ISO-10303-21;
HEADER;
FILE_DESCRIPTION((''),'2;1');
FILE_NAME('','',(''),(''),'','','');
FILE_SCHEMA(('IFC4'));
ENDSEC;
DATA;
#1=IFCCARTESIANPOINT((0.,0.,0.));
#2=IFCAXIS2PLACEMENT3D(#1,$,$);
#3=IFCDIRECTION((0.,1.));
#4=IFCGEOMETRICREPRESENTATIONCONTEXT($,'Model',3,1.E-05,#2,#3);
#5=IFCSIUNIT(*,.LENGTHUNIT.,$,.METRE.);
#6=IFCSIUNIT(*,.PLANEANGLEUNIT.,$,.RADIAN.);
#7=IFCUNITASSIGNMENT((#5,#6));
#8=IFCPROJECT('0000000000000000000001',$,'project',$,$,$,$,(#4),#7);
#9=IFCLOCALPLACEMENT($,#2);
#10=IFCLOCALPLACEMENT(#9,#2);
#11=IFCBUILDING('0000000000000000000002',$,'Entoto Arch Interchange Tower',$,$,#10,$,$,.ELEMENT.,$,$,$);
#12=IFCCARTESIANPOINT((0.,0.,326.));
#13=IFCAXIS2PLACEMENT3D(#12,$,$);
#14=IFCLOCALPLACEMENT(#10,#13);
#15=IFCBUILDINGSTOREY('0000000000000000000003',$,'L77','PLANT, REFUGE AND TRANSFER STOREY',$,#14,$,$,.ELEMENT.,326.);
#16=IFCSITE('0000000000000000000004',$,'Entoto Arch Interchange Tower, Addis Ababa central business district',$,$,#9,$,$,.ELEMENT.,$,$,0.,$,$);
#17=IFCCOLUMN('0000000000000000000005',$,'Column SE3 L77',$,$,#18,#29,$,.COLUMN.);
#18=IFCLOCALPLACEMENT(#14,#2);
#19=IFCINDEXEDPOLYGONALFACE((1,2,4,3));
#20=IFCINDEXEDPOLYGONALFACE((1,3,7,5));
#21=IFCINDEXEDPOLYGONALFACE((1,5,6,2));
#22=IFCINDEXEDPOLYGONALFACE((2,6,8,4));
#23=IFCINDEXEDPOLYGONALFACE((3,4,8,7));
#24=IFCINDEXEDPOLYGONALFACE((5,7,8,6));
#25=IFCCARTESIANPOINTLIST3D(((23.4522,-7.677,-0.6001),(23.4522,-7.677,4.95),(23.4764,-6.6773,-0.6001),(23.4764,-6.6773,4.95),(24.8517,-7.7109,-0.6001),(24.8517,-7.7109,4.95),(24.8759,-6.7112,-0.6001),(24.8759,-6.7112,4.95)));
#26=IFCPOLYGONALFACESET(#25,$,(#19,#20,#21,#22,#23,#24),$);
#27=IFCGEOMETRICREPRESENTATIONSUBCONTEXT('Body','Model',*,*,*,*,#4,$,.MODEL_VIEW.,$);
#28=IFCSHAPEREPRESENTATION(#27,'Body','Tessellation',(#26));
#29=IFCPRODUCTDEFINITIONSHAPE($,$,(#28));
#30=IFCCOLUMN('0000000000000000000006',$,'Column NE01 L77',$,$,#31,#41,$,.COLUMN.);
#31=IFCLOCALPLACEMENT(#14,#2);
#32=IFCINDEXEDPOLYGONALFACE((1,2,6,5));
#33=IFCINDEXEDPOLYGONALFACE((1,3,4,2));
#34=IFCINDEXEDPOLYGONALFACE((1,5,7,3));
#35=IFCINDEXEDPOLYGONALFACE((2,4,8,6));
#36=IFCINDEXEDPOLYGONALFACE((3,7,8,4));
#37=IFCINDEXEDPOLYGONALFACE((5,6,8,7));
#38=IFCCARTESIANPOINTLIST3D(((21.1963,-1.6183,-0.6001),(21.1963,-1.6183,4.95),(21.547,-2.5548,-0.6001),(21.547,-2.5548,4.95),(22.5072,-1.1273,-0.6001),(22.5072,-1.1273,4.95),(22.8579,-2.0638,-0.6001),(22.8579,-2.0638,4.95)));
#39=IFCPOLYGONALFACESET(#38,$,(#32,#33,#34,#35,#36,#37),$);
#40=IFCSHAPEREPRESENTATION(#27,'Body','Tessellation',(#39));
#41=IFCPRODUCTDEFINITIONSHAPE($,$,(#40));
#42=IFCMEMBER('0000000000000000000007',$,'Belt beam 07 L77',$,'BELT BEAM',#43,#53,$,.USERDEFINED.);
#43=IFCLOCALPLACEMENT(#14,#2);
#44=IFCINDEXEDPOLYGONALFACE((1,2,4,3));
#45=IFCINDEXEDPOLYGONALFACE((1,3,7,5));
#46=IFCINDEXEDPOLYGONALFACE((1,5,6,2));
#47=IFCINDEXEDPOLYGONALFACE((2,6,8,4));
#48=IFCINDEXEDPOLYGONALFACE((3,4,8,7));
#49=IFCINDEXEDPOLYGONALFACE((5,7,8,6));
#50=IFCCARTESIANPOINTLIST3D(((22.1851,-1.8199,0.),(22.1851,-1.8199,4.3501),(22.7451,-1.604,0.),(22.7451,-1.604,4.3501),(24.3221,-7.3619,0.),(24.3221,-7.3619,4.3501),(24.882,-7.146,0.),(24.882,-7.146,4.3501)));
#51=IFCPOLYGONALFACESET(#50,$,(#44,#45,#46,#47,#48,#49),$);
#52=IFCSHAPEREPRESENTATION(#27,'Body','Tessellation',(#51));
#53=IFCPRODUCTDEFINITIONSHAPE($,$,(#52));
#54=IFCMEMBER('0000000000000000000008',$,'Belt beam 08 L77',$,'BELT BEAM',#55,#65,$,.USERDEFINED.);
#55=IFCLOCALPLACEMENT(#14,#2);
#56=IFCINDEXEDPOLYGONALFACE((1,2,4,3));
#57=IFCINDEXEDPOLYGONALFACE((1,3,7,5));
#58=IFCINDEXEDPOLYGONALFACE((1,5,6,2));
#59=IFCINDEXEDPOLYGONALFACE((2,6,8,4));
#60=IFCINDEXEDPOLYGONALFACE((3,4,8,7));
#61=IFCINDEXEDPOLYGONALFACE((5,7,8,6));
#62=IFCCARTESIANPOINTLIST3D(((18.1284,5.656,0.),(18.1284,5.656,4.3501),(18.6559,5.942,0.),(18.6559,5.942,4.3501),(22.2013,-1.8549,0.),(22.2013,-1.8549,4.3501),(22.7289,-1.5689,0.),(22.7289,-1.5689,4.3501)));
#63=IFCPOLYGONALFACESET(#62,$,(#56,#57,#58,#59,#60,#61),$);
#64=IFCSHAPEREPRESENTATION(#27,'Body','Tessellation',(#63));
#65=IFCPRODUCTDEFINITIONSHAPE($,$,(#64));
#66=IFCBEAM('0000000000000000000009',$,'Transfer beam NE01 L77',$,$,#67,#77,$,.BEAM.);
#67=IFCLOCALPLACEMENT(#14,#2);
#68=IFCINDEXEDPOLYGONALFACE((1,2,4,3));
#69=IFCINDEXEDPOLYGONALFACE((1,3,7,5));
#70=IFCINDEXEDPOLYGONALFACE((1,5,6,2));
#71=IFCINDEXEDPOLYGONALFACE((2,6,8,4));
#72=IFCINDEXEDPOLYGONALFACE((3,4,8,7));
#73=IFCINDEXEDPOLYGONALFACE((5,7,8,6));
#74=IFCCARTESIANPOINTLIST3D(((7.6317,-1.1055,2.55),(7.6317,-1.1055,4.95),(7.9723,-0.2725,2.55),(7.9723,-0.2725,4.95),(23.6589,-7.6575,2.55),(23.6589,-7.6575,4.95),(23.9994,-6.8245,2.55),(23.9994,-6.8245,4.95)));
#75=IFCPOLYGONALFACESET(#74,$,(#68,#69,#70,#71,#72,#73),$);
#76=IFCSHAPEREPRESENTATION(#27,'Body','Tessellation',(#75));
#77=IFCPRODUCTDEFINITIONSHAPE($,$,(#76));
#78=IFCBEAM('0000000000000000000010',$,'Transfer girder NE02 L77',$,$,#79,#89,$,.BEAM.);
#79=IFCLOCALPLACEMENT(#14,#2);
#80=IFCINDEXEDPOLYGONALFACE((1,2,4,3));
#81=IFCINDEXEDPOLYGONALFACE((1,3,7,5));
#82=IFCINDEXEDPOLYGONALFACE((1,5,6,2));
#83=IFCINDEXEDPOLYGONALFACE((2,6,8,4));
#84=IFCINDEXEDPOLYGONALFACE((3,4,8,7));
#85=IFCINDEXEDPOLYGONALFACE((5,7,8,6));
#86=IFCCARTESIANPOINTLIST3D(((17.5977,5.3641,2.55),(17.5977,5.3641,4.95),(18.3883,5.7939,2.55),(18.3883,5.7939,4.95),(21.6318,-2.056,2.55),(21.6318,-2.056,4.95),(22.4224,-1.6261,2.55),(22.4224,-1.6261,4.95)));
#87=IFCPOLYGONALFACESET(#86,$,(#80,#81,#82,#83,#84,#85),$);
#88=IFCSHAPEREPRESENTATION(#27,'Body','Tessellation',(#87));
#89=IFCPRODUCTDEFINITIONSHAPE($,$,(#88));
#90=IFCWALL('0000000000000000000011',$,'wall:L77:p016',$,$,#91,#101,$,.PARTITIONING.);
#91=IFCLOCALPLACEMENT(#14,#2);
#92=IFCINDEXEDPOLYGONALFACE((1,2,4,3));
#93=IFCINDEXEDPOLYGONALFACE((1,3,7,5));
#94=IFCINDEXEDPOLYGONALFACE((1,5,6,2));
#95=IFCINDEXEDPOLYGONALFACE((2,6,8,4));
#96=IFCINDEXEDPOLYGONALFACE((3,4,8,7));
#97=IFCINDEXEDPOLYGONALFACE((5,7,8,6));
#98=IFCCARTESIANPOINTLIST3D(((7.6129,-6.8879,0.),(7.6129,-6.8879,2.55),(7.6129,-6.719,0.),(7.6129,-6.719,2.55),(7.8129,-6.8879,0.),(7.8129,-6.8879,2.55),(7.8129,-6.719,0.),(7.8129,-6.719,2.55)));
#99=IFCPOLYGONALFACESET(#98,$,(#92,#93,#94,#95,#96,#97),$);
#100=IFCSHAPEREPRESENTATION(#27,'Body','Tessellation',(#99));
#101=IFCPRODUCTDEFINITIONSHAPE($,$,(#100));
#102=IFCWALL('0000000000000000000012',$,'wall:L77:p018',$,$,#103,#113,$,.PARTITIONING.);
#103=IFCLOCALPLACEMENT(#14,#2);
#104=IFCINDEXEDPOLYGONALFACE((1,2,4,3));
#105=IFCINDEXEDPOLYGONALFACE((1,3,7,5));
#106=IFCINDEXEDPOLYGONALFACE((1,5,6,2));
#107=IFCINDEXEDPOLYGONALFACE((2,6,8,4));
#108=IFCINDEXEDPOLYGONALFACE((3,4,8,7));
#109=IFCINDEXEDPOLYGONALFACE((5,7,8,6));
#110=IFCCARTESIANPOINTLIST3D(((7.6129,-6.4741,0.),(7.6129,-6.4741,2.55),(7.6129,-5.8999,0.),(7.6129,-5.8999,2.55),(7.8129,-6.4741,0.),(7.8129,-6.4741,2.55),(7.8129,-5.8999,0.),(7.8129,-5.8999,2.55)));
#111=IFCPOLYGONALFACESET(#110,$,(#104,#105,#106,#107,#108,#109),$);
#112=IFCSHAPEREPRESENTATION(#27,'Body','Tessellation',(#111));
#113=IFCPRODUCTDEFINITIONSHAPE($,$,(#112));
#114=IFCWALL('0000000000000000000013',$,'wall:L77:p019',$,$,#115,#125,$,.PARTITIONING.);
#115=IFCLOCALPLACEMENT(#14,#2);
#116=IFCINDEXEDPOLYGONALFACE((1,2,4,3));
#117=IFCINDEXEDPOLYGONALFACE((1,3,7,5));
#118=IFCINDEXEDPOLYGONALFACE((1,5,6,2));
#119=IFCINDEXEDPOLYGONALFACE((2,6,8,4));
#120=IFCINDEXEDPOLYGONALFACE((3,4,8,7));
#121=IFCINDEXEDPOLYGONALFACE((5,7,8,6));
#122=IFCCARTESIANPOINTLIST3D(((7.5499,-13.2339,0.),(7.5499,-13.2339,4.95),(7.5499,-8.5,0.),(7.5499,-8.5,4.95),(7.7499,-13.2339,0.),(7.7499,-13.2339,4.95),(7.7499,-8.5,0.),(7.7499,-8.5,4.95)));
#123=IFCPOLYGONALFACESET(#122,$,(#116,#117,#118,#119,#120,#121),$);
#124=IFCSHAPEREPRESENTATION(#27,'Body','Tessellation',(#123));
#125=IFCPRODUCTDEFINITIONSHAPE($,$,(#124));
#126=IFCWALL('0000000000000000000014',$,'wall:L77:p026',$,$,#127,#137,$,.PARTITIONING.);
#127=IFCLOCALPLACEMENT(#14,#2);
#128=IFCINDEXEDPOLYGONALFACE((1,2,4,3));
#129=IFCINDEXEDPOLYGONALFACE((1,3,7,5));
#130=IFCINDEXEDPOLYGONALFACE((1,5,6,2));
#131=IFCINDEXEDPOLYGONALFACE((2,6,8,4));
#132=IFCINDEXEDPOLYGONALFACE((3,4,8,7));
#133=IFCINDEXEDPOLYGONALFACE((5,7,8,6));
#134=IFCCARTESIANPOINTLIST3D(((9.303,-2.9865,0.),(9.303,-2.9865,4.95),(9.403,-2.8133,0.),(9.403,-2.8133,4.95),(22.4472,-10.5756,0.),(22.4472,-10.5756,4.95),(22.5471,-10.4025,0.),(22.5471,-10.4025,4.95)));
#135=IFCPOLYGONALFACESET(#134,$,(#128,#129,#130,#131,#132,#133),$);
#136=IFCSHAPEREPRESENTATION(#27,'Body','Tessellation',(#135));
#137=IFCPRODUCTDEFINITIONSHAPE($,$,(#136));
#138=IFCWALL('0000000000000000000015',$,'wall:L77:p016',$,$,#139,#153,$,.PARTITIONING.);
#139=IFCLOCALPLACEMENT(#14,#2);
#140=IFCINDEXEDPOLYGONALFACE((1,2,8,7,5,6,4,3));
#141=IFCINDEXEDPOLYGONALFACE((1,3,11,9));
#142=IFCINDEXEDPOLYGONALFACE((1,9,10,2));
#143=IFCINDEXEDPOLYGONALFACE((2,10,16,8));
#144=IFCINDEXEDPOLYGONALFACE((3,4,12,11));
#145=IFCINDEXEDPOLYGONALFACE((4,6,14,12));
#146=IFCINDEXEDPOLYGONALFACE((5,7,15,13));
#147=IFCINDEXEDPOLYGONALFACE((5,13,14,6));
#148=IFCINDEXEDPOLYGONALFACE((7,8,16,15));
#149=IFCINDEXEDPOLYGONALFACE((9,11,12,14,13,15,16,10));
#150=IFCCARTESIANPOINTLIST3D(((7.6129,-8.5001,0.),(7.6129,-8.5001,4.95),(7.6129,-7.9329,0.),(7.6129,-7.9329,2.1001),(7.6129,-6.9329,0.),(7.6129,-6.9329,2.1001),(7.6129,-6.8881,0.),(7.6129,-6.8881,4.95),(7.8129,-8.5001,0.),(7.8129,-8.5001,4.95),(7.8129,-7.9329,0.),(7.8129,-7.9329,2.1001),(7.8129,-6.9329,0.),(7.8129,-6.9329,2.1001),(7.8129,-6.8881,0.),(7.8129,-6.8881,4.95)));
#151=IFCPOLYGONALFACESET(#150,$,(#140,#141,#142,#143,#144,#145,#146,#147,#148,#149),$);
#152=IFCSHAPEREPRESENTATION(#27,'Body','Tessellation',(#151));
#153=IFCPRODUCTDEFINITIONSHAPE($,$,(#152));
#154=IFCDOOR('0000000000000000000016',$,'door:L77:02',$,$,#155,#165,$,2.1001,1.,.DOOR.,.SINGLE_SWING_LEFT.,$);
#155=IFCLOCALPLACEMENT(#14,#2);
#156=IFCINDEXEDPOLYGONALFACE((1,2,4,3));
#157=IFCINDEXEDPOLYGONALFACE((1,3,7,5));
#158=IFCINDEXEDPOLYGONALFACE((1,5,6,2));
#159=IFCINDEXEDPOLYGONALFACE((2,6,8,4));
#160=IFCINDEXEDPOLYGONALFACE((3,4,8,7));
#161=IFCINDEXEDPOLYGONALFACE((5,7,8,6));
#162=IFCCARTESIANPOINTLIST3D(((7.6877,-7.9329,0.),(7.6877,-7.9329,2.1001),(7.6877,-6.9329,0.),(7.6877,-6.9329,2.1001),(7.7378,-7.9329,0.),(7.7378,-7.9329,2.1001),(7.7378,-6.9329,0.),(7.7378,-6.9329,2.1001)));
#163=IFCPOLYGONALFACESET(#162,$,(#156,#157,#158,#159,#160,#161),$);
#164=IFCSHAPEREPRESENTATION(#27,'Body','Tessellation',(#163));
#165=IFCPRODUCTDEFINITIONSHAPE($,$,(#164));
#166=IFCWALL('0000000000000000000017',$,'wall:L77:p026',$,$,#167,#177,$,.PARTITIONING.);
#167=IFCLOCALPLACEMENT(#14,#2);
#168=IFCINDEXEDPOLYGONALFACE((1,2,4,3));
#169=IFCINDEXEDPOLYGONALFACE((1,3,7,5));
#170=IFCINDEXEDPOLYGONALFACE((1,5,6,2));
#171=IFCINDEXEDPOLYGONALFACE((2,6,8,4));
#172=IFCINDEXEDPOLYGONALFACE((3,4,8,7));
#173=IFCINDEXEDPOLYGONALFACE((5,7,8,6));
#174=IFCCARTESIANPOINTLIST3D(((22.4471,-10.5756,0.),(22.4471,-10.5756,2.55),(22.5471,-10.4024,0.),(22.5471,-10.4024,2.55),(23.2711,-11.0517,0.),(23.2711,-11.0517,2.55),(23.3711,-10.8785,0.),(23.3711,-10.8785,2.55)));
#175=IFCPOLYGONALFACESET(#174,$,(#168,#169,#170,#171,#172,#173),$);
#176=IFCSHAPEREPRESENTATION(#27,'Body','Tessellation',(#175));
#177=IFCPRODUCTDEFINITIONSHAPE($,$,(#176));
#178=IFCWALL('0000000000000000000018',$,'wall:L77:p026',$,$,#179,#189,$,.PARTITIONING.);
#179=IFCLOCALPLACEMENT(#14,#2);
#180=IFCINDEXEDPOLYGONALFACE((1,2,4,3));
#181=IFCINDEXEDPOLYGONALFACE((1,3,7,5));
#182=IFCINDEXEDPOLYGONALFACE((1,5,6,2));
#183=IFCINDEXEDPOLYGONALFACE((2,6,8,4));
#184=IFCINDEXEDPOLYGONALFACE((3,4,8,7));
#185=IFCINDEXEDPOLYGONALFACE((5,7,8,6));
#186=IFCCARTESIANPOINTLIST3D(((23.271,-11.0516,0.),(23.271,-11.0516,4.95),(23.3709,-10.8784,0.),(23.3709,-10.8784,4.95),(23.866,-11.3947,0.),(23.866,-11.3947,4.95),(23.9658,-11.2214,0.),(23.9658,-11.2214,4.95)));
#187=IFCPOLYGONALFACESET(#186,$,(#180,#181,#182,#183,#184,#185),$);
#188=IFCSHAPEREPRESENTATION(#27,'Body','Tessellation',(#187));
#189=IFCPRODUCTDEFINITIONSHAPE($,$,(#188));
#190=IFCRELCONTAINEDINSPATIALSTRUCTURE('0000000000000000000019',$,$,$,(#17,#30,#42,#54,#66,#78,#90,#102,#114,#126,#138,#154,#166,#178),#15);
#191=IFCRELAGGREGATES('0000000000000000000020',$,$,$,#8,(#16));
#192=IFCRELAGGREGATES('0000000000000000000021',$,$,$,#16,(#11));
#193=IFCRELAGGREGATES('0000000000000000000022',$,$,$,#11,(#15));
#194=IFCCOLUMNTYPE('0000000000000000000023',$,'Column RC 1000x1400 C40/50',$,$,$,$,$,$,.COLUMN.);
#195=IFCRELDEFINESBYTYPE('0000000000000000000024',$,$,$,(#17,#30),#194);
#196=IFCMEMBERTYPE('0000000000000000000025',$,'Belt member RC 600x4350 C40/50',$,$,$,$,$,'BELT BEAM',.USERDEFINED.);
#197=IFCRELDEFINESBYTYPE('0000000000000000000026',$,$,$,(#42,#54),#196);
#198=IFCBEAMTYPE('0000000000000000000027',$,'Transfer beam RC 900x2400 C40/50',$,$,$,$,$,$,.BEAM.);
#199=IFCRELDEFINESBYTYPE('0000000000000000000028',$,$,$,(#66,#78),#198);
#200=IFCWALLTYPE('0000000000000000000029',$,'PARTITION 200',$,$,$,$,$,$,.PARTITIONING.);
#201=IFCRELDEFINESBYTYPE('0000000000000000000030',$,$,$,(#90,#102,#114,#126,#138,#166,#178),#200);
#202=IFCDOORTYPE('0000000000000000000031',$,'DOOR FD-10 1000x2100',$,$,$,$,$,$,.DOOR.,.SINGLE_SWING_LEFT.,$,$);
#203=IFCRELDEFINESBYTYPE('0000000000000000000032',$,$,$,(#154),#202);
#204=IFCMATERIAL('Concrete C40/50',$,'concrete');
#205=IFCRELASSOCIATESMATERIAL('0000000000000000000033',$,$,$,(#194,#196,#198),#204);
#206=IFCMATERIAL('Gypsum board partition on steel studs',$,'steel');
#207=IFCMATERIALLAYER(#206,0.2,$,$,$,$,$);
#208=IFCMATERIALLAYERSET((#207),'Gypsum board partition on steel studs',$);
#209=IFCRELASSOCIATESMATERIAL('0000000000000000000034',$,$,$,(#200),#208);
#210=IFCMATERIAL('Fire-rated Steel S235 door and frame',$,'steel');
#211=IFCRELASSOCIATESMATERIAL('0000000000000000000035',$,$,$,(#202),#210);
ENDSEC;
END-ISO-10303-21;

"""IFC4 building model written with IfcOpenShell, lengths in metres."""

from ifc_helpers import new_model, si_unit, direction, frame, frame_2d, origin, origin_2d, place, context, subcontext, project, spatial, rectangle, extrude, material, layer, layer_set, material_profile, profile_set, type_object, element, fill, save


model = new_model("IFC4")

# Units and contexts
model_context = context("Model", 3, precision=1e-05, world=origin(), true_north=direction((0.0, 1.0)))
body_context = subcontext(model_context, "Body", "Model", "MODEL_VIEW")
ifc_project = project(units=[si_unit("LENGTHUNIT", "METRE"), si_unit("PLANEANGLEUNIT", "RADIAN")], contexts=[model_context])

# Site, building, storey
site_placement = place(None, origin())
site = spatial("IfcSite", under=ifc_project, at=site_placement, Name="Entoto Arch Interchange Tower, Addis Ababa central business district", CompositionType="ELEMENT", RefElevation=0.0)
building_placement = place(site_placement, origin())
building = spatial("IfcBuilding", under=site, at=building_placement, Name="Entoto Arch Interchange Tower", CompositionType="ELEMENT")
storey_placement = place(building_placement, frame((0.0, 0.0, 326.0)))
storey = spatial("IfcBuildingStorey", under=building, at=storey_placement, Name="L77", Description="PLANT, REFUGE AND TRANSFER STOREY", CompositionType="ELEMENT", Elevation=326.0)

# Columns
ifc_material_1 = material(Name="Concrete C40/50", Category="concrete")
ifc_material_profile_1 = material_profile(ifc_material_1, rectangle(XDim=1.0, YDim=1.3999, at=origin_2d()))
ifc_profile_set_1 = profile_set([ifc_material_profile_1], Name="Concrete C40/50")
column_type = type_object("IfcColumnType", Name="Column RC 1000x1400 C40/50", PredefinedType="COLUMN", material=ifc_profile_set_1)
for number, where, z_axis, x_axis, name in (
    (1, (24.1641, -7.1941, -0.6001), (0.0, 0.0, 1.0), (0.024258, 0.999706, 0.0), "Column SE3 L77"),
    (2, (22.0271, -1.8411, -0.6001), (0.0, 0.0, 1.0), (-0.350714, 0.936483, 0.0), "Column NE01 L77"),
):
    element("IfcColumn", number, at=place(storey_placement, frame(where, z_axis=z_axis, x_axis=x_axis)), inside=storey, type_object=column_type, Name=name, PredefinedType="COLUMN", context=body_context, shape_type="SweptSolid", body=[
        extrude(rectangle(XDim=1.0, YDim=1.3999, at=origin_2d()), origin(), (0.0, 0.0, 1.0), 5.55),
    ])

# Members
ifc_material_profile_2 = material_profile(ifc_material_1, rectangle(XDim=0.6001, YDim=4.3501, at=origin_2d()))
ifc_profile_set_2 = profile_set([ifc_material_profile_2], Name="Concrete C40/50")
member_type = type_object("IfcMemberType", Name="Belt member RC 600x4350 C40/50", ElementType="BELT BEAM", PredefinedType="USERDEFINED", material=ifc_profile_set_2)
member_1_placement = place(storey_placement, frame((24.6021, -7.2539, 2.175), z_axis=(-0.359775, 0.933039, 0.0), x_axis=(-0.933039, -0.359775, 0.0)))
element("IfcMember", 3, at=member_1_placement, inside=storey, type_object=member_type, Name="Belt beam 07 L77", ObjectType="BELT BEAM", PredefinedType="USERDEFINED", context=body_context, shape_type="SweptSolid", body=[
    extrude(rectangle(XDim=0.6001, YDim=4.3501, at=origin_2d()), origin(), (0.0, 0.0, 1.0), 5.9397),
])
member_2_placement = place(storey_placement, frame((22.4651, -1.7119, 2.175), z_axis=(-0.476695, 0.879069, 0.0), x_axis=(-0.879069, -0.476695, 0.0)))
element("IfcMember", 4, at=member_2_placement, inside=storey, type_object=member_type, Name="Belt beam 08 L77", ObjectType="BELT BEAM", PredefinedType="USERDEFINED", context=body_context, shape_type="SweptSolid", body=[
    extrude(rectangle(XDim=0.6001, YDim=4.3501, at=origin_2d()), origin(), (0.0, 0.0, 1.0), 8.5442),
])

# Beams
ifc_material_profile_3 = material_profile(ifc_material_1, rectangle(XDim=0.8999, YDim=2.3999, at=origin_2d()))
ifc_profile_set_3 = profile_set([ifc_material_profile_3], Name="Concrete C40/50")
beam_type = type_object("IfcBeamType", Name="Transfer beam RC 900x2400 C40/50", PredefinedType="BEAM", material=ifc_profile_set_3)
beam_1_placement = place(storey_placement, frame((7.802, -0.689, 3.75), z_axis=(0.925639, -0.378408, 0.0), x_axis=(0.378408, 0.925639, 0.0)))
element("IfcBeam", 5, at=beam_1_placement, inside=storey, type_object=beam_type, Name="Transfer beam NE01 L77", PredefinedType="BEAM", context=body_context, shape_type="SweptSolid", body=[
    extrude(rectangle(XDim=0.8999, YDim=2.3999, at=origin_2d()), origin(), (0.0, 0.0, 1.0), 17.3147),
])
beam_2_placement = place(storey_placement, frame((22.0271, -1.8411, 3.75), z_axis=(-0.477649, 0.878551, 0.0), x_axis=(-0.878551, -0.477649, 0.0)))
element("IfcBeam", 6, at=beam_2_placement, inside=storey, type_object=beam_type, Name="Transfer girder NE02 L77", PredefinedType="BEAM", context=body_context, shape_type="SweptSolid", body=[
    extrude(rectangle(XDim=0.8999, YDim=2.3999, at=origin_2d()), origin(), (0.0, 0.0, 1.0), 8.4458),
])

# Walls
ifc_material_2 = material(Name="Gypsum board partition on steel studs", Category="steel")
ifc_layer_1 = layer(ifc_material_2, 0.2)
ifc_layer_set_1 = layer_set([ifc_layer_1], Name="Gypsum board partition on steel studs")
wall_type_1 = type_object("IfcWallType", Name="PARTITION 200", PredefinedType="PARTITIONING", material=ifc_layer_set_1)
wall_1_placement = place(storey_placement, frame((7.7129, -6.719, 0.0), z_axis=(0.0, 0.0, 1.0), x_axis=(0.0, -1.0, 0.0)))
element("IfcWall", 7, at=wall_1_placement, inside=storey, type_object=wall_type_1, Name="wall:L77:p016", PredefinedType="PARTITIONING", context=body_context, shape_type="SweptSolid", body=[
    extrude(rectangle(XDim=0.1689, YDim=0.2, at=frame_2d((0.0845, 0.0))), origin(), (0.0, 0.0, 1.0), 2.55),
])
wall_2_placement = place(storey_placement, frame((7.7129, -5.8999, 0.0), z_axis=(0.0, 0.0, 1.0), x_axis=(0.0, -1.0, 0.0)))
element("IfcWall", 8, at=wall_2_placement, inside=storey, type_object=wall_type_1, Name="wall:L77:p018", PredefinedType="PARTITIONING", context=body_context, shape_type="SweptSolid", body=[
    extrude(rectangle(XDim=0.5742, YDim=0.2, at=frame_2d((0.2871, 0.0))), origin(), (0.0, 0.0, 1.0), 2.55),
])
wall_3_placement = place(storey_placement, frame((7.6499, -8.5, 0.0), z_axis=(0.0, 0.0, 1.0), x_axis=(0.0, -1.0, 0.0)))
element("IfcWall", 9, at=wall_3_placement, inside=storey, type_object=wall_type_1, Name="wall:L77:p019", PredefinedType="PARTITIONING", context=body_context, shape_type="SweptSolid", body=[
    extrude(rectangle(XDim=4.7339, YDim=0.2, at=frame_2d((2.3669, 0.0))), origin(), (0.0, 0.0, 1.0), 4.95),
])
wall_4_placement = place(storey_placement, frame((9.353, -2.8999, 0.0), z_axis=(0.0, 0.0, 1.0), x_axis=(0.866014, -0.500019, 0.0)))
element("IfcWall", 10, at=wall_4_placement, inside=storey, type_object=wall_type_1, Name="wall:L77:p026", PredefinedType="PARTITIONING", context=body_context, shape_type="SweptSolid", body=[
    extrude(rectangle(XDim=15.1777, YDim=0.2, at=frame_2d((7.5889, 0.0))), origin(), (0.0, 0.0, 1.0), 4.95),
])

# Wall, opening, door
wall_5_placement = place(storey_placement, frame((7.7129, -6.8879, 0.0), z_axis=(0.0, 0.0, 1.0), x_axis=(0.0, -1.0, 0.0)))
wall_5 = element("IfcWall", 11, at=wall_5_placement, inside=storey, type_object=wall_type_1, Name="wall:L77:p016", PredefinedType="PARTITIONING", context=body_context, shape_type="SweptSolid", body=[
    extrude(rectangle(XDim=1.6121, YDim=0.2, at=frame_2d((0.8062, 0.0))), origin(), (0.0, 0.0, 1.0), 4.95),
])
opening_placement = place(wall_5_placement, frame((0.0449, 0.0, 0.0)))
opening = element("IfcOpeningElement", 12, at=opening_placement, cuts=wall_5, PredefinedType="OPENING", context=body_context, shape_type="SweptSolid", body=[
    extrude(rectangle(XDim=1.0, YDim=2.1001, at=frame_2d((0.5, 1.05))), frame((0.0, 0.1099, 0.0), z_axis=(0.0, -1.0, 0.0), x_axis=(1.0, 0.0, 0.0)), (0.0, 0.0, 1.0), 0.22),
])
ifc_material_3 = material(Name="Fire-rated Steel S235 door and frame", Category="steel")
door_type = type_object("IfcDoorType", Name="DOOR FD-10 1000x2100", OperationType="SINGLE_SWING_LEFT", PredefinedType="DOOR", material=ifc_material_3)
door_placement = place(opening_placement, origin())
door = element("IfcDoor", 13, at=door_placement, inside=storey, type_object=door_type, Name="door:L77:02", OperationType="SINGLE_SWING_LEFT", OverallHeight=2.1001, OverallWidth=1.0, PredefinedType="DOOR", context=body_context, shape_type="SweptSolid", body=[
    extrude(rectangle(XDim=1.0, YDim=2.1001, at=frame_2d((0.5, 1.05))), frame((0.0, 0.0249, 0.0), z_axis=(0.0, -1.0, 0.0), x_axis=(1.0, 0.0, 0.0)), (0.0, 0.0, 1.0), 0.05),
])
fill(opening, door)

# Walls
wall_6_placement = place(storey_placement, frame((22.4971, -10.489, 0.0), z_axis=(0.0, 0.0, 1.0), x_axis=(0.865865, -0.500278, 0.0)))
element("IfcWall", 14, at=wall_6_placement, inside=storey, type_object=wall_type_1, Name="wall:L77:p026", PredefinedType="PARTITIONING", context=body_context, shape_type="SweptSolid", body=[
    extrude(rectangle(XDim=0.9517, YDim=0.2, at=frame_2d((0.4758, 0.0))), origin(), (0.0, 0.0, 1.0), 2.55),
])
wall_7_placement = place(storey_placement, frame((23.321, -10.9651, 0.0), z_axis=(0.0, 0.0, 1.0), x_axis=(0.866334, -0.499466, 0.0)))
element("IfcWall", 15, at=wall_7_placement, inside=storey, type_object=wall_type_1, Name="wall:L77:p026", PredefinedType="PARTITIONING", context=body_context, shape_type="SweptSolid", body=[
    extrude(rectangle(XDim=0.6868, YDim=0.2, at=frame_2d((0.3433, 0.0))), origin(), (0.0, 0.0, 1.0), 4.95),
])

save(model, "model.ifc")
